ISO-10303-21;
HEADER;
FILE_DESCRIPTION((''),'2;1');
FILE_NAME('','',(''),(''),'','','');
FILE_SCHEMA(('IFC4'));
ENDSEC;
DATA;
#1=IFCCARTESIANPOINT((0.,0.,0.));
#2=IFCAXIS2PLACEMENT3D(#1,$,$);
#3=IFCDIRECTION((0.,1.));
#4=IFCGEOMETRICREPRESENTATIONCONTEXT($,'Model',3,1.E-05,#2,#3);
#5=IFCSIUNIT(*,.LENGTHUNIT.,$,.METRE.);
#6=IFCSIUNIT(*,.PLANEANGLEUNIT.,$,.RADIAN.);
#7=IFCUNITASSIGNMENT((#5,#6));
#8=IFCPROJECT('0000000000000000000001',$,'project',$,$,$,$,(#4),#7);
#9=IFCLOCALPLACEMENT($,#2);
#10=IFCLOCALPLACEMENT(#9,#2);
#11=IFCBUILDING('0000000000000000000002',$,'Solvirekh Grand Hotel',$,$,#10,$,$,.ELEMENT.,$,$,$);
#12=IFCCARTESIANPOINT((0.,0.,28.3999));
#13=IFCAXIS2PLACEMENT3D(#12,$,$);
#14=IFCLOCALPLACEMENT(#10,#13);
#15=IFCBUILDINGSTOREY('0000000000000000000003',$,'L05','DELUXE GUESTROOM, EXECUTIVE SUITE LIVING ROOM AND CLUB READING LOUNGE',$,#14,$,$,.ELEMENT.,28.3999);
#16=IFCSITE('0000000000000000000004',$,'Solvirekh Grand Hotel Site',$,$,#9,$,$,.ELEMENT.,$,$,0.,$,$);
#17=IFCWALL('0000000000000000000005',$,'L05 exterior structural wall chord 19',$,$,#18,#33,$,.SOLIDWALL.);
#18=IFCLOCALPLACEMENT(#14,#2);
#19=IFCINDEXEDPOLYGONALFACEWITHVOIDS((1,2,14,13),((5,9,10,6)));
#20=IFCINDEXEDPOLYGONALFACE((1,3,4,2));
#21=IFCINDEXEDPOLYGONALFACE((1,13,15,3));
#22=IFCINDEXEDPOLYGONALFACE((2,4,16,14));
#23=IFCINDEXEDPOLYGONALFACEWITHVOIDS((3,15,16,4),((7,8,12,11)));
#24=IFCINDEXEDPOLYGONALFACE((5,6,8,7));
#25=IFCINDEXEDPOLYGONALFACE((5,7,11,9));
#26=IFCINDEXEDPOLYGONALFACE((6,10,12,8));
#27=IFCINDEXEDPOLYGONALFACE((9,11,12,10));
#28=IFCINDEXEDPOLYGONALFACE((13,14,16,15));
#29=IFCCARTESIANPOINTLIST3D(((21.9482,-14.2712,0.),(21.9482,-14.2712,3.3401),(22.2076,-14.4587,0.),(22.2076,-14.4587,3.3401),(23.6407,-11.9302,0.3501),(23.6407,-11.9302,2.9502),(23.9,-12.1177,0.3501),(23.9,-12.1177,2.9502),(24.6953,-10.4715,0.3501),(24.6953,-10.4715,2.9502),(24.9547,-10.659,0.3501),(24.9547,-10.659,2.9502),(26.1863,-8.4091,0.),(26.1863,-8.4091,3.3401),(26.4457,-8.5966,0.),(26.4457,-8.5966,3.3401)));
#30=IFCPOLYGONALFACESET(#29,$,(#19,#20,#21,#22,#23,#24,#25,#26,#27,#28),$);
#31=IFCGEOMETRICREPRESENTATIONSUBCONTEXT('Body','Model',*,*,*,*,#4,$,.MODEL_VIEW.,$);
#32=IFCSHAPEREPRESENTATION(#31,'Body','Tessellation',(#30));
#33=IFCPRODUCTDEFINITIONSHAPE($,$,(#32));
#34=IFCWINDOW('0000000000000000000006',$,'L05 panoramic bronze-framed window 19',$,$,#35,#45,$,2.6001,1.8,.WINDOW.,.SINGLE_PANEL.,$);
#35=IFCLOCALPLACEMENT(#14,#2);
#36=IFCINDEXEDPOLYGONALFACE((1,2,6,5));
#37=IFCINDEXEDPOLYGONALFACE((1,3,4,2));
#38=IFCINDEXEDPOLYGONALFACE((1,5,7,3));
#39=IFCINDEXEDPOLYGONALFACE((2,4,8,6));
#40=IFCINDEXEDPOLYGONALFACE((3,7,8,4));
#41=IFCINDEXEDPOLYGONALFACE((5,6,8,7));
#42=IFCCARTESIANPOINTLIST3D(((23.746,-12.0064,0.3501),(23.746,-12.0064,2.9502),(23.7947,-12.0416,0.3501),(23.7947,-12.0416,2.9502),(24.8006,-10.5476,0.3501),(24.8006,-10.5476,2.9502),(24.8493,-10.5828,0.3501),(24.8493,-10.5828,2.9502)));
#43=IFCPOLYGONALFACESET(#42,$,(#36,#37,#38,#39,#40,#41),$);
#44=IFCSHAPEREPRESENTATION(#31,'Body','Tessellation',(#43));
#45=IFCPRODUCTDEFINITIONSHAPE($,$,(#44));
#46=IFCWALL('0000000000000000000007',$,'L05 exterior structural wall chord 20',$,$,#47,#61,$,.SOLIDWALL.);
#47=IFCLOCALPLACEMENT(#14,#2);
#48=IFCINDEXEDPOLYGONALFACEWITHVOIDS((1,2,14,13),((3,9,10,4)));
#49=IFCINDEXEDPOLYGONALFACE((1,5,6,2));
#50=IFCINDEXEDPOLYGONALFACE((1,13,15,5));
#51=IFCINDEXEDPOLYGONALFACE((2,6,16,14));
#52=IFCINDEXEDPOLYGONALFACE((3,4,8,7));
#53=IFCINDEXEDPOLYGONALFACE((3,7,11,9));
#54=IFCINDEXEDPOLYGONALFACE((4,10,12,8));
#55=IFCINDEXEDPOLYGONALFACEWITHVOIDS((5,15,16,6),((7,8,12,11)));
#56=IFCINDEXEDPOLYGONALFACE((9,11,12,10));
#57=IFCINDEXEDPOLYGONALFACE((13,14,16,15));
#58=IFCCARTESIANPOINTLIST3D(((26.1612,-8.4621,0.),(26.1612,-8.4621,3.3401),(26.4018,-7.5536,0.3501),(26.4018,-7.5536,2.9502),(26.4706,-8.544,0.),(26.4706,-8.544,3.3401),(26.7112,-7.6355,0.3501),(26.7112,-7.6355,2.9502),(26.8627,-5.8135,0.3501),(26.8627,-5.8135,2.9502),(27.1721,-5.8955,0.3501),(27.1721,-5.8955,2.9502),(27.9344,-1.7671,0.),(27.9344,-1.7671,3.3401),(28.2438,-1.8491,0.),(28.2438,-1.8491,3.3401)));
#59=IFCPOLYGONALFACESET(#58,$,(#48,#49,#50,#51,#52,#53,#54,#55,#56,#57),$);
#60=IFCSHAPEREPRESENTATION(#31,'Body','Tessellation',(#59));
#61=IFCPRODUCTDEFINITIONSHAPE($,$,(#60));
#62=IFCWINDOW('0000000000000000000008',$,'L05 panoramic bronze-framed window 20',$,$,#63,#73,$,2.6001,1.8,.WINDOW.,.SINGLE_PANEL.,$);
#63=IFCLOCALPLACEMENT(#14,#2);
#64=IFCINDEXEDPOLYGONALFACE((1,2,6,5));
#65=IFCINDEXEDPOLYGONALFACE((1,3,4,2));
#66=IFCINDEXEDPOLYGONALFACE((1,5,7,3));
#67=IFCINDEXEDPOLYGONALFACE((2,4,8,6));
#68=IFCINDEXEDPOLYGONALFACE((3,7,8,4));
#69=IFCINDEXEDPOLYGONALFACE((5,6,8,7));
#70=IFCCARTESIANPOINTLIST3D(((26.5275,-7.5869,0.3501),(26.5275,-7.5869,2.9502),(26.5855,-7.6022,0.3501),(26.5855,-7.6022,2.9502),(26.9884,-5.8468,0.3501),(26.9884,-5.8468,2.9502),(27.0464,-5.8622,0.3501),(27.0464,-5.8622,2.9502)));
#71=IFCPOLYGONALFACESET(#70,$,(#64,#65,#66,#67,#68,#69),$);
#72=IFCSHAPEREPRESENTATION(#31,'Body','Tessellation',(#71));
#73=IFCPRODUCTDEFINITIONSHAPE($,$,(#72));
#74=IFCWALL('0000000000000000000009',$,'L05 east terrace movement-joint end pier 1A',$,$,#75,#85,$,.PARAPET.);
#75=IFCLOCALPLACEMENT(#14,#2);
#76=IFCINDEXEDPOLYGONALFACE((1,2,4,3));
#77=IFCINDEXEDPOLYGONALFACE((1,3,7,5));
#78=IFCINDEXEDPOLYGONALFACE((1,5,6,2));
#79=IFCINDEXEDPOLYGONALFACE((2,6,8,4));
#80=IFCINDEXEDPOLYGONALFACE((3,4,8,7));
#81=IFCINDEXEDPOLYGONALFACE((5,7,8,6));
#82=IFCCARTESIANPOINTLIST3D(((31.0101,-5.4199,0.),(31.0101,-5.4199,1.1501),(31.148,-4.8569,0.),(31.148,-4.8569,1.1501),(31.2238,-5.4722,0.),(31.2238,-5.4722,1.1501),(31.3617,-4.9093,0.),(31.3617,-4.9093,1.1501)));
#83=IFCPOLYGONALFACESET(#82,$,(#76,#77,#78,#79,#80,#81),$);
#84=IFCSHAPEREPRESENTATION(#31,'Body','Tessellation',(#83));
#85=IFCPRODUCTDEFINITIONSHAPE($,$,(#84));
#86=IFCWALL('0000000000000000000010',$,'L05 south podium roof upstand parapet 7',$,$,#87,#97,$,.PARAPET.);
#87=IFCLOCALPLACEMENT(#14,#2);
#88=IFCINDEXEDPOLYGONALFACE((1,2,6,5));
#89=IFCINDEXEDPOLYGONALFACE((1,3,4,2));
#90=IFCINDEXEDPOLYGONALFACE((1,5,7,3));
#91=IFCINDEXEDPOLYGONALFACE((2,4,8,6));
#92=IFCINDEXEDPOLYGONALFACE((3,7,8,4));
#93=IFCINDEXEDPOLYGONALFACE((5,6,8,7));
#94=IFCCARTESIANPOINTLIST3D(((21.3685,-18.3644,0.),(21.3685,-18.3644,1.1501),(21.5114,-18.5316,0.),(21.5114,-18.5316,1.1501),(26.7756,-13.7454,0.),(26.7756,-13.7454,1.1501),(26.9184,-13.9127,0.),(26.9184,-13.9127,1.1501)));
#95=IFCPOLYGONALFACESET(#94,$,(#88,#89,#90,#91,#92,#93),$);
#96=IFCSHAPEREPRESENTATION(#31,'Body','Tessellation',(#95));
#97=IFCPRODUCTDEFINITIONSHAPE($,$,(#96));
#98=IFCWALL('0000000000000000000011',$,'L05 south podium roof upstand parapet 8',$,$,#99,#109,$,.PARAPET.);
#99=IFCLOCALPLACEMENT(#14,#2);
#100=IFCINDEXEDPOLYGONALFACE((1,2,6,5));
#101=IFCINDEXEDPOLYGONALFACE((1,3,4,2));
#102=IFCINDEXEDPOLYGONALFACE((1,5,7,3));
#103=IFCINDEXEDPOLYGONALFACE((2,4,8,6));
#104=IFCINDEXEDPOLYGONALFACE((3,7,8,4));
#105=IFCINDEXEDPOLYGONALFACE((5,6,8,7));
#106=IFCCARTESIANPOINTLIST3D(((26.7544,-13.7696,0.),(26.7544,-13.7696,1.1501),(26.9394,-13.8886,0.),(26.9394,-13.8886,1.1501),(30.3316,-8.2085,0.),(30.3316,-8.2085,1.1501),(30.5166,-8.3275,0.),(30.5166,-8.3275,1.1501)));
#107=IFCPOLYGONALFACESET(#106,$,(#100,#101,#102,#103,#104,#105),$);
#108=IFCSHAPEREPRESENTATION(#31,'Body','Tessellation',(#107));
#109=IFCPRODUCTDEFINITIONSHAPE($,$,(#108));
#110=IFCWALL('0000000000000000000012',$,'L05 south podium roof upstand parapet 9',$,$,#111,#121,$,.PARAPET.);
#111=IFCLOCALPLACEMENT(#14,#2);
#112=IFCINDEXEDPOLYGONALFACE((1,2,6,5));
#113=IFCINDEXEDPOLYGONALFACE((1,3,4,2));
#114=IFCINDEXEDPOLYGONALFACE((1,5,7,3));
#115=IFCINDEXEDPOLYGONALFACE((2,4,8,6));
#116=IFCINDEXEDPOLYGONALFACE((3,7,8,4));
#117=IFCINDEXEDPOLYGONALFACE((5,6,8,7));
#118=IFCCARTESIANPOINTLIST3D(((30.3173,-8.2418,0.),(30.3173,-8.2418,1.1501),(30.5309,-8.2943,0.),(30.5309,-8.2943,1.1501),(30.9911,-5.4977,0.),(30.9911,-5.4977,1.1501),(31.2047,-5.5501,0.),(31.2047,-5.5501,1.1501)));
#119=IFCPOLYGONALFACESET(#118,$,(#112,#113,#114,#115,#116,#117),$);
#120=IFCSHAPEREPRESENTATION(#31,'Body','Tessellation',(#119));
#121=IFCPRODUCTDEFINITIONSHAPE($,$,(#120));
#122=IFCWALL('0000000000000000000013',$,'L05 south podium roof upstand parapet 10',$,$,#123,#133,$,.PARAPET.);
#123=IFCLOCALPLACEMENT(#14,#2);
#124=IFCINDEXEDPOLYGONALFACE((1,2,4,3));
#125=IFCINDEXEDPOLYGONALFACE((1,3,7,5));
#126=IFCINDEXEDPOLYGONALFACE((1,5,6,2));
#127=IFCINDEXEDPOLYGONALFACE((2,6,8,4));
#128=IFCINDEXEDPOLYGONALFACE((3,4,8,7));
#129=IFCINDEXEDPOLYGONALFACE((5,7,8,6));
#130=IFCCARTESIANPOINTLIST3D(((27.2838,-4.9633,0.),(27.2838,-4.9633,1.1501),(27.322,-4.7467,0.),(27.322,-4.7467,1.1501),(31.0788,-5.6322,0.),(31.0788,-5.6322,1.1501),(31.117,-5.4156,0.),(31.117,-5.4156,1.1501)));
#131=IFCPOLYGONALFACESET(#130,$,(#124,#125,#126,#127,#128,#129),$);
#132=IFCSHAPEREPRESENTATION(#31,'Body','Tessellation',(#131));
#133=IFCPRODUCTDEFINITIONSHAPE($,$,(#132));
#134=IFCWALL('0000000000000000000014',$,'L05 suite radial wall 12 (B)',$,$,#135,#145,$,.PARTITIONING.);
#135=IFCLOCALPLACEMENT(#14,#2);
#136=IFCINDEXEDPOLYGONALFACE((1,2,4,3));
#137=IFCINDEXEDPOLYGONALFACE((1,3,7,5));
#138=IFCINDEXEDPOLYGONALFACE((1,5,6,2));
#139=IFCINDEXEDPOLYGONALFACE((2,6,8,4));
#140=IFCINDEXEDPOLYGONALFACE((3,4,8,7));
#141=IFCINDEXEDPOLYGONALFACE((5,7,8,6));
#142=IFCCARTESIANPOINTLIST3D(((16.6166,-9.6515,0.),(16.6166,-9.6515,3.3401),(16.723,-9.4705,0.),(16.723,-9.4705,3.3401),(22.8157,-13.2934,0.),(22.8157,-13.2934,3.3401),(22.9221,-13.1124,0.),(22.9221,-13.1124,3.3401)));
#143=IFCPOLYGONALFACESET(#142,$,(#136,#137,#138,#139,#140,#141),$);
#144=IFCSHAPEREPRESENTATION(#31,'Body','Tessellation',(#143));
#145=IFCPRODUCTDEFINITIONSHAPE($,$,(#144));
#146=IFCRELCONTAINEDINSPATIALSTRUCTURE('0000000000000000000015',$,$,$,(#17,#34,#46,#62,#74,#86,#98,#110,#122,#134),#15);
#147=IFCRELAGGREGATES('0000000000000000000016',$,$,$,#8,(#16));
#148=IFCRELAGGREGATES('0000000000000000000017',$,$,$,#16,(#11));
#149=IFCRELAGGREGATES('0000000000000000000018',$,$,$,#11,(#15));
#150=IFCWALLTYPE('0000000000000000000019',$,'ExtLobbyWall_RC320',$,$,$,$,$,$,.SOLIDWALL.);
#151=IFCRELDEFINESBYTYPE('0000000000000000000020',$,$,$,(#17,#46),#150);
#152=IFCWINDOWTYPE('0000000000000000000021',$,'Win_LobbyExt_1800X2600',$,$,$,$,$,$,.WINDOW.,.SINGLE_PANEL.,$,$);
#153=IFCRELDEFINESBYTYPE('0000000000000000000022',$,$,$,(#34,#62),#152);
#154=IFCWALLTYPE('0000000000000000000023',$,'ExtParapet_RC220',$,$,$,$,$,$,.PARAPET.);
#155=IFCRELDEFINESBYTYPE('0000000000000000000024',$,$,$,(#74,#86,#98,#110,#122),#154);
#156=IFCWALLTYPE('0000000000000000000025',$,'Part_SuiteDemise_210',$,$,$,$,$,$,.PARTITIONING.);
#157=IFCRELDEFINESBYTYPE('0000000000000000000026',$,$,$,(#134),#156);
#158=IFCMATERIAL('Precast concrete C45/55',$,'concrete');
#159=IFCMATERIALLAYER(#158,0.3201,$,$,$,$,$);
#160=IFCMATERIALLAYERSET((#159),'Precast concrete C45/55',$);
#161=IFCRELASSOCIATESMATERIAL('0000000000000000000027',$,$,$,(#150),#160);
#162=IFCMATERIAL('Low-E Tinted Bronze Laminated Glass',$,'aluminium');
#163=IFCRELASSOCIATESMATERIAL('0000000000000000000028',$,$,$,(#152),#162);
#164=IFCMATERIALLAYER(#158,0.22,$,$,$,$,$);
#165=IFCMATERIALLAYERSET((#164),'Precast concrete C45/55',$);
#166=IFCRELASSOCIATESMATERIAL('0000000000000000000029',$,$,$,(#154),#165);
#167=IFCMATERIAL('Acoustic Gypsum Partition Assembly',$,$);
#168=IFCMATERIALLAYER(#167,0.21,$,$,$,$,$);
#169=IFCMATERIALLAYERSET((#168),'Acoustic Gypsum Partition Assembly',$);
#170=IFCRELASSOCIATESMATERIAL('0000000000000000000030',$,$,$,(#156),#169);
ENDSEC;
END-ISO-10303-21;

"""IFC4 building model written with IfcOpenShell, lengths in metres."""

from ifc_helpers import new_model, si_unit, direction, frame, frame_2d, origin, place, context, subcontext, project, spatial, rectangle, extrude, material, layer, layer_set, type_object, element, fill, save


model = new_model("IFC4")

# Units and contexts
model_context = context("Model", 3, precision=1e-05, world=origin(), true_north=direction((0.0, 1.0)))
body_context = subcontext(model_context, "Body", "Model", "MODEL_VIEW")
ifc_project = project(units=[si_unit("LENGTHUNIT", "METRE"), si_unit("PLANEANGLEUNIT", "RADIAN")], contexts=[model_context])

# Site, building, storey
site_placement = place(None, origin())
site = spatial("IfcSite", under=ifc_project, at=site_placement, Name="Solvirekh Grand Hotel Site", CompositionType="ELEMENT", RefElevation=0.0)
building_placement = place(site_placement, origin())
building = spatial("IfcBuilding", under=site, at=building_placement, Name="Solvirekh Grand Hotel", CompositionType="ELEMENT")
storey_placement = place(building_placement, frame((0.0, 0.0, 28.3999)))
storey = spatial("IfcBuildingStorey", under=building, at=storey_placement, Name="L05", Description="DELUXE GUESTROOM, EXECUTIVE SUITE LIVING ROOM AND CLUB READING LOUNGE", CompositionType="ELEMENT", Elevation=28.3999)

# Shared definitions
ifc_material_1 = material(Name="Low-E Tinted Bronze Laminated Glass", Category="aluminium")

# Walls, openings, windows
ifc_material_2 = material(Name="Precast concrete C45/55", Category="concrete")
ifc_layer_1 = layer(ifc_material_2, 0.3201)
ifc_layer_set_1 = layer_set([ifc_layer_1], Name="Precast concrete C45/55")
wall_type_1 = type_object("IfcWallType", Name="ExtLobbyWall_RC320", PredefinedType="SOLIDWALL", material=ifc_layer_set_1)
wall_1_placement = place(storey_placement, frame((26.3159, -8.5029, 0.0), z_axis=(0.0, 0.0, 1.0), x_axis=(-0.585884, -0.810395, 0.0)))
wall_1 = element("IfcWall", 1, at=wall_1_placement, inside=storey, type_object=wall_type_1, Name="L05 exterior structural wall chord 19", PredefinedType="SOLIDWALL", context=body_context, shape_type="SweptSolid", body=[
    extrude(rectangle(XDim=7.2336, YDim=0.3201, at=frame_2d((3.6167, 0.0))), origin(), (0.0, 0.0, 1.0), 3.3401),
])
opening_1_placement = place(wall_1_placement, frame((2.5449, 0.0, 0.3501)))
opening_1 = element("IfcOpeningElement", 2, at=opening_1_placement, cuts=wall_1, PredefinedType="OPENING", context=body_context, shape_type="SweptSolid", body=[
    extrude(rectangle(XDim=1.8, YDim=2.6001, at=frame_2d((0.8999, 1.3))), frame((0.0, 0.1699, 0.0), z_axis=(0.0, -1.0, 0.0), x_axis=(1.0, 0.0, 0.0)), (0.0, 0.0, 1.0), 0.3401),
])
window_type = type_object("IfcWindowType", Name="Win_LobbyExt_1800X2600", PartitioningType="SINGLE_PANEL", PredefinedType="WINDOW", material=ifc_material_1)
window_1_placement = place(opening_1_placement, origin())
window_1 = element("IfcWindow", 3, at=window_1_placement, inside=storey, type_object=window_type, Name="L05 panoramic bronze-framed window 19", OverallHeight=2.6001, OverallWidth=1.8, PartitioningType="SINGLE_PANEL", PredefinedType="WINDOW", context=body_context, shape_type="SweptSolid", body=[
    extrude(rectangle(XDim=1.8, YDim=2.6001, at=frame_2d((0.8999, 1.3))), frame((0.0, 0.03, 0.0), z_axis=(0.0, -1.0, 0.0), x_axis=(1.0, 0.0, 0.0)), (0.0, 0.0, 1.0), 0.0601),
])
fill(opening_1, window_1)
wall_2_placement = place(storey_placement, frame((28.0891, -1.8081, 0.0), z_axis=(0.0, 0.0, 1.0), x_axis=(-0.256032, -0.966668, 0.0)))
wall_2 = element("IfcWall", 4, at=wall_2_placement, inside=storey, type_object=wall_type_1, Name="L05 exterior structural wall chord 20", PredefinedType="SOLIDWALL", context=body_context, shape_type="SweptSolid", body=[
    extrude(rectangle(XDim=6.9258, YDim=0.3201, at=frame_2d((3.4629, 0.0))), origin(), (0.0, 0.0, 1.0), 3.3401),
])
opening_2_placement = place(wall_2_placement, frame((4.186, 0.0, 0.3501)))
opening_2 = element("IfcOpeningElement", 5, at=opening_2_placement, cuts=wall_2, PredefinedType="OPENING", context=body_context, shape_type="SweptSolid", body=[
    extrude(rectangle(XDim=1.8, YDim=2.6001, at=frame_2d((0.8999, 1.3))), frame((0.0, 0.1699, 0.0), z_axis=(0.0, -1.0, 0.0), x_axis=(1.0, 0.0, 0.0)), (0.0, 0.0, 1.0), 0.3401),
])
window_2_placement = place(opening_2_placement, origin())
window_2 = element("IfcWindow", 6, at=window_2_placement, inside=storey, type_object=window_type, Name="L05 panoramic bronze-framed window 20", OverallHeight=2.6001, OverallWidth=1.8, PartitioningType="SINGLE_PANEL", PredefinedType="WINDOW", context=body_context, shape_type="SweptSolid", body=[
    extrude(rectangle(XDim=1.8, YDim=2.6001, at=frame_2d((0.8999, 1.3))), frame((0.0, 0.03, 0.0), z_axis=(0.0, -1.0, 0.0), x_axis=(1.0, 0.0, 0.0)), (0.0, 0.0, 1.0), 0.0601),
])
fill(opening_2, window_2)

# Walls
ifc_layer_2 = layer(ifc_material_2, 0.22)
ifc_layer_set_2 = layer_set([ifc_layer_2], Name="Precast concrete C45/55")
wall_type_2 = type_object("IfcWallType", Name="ExtParapet_RC220", PredefinedType="PARAPET", material=ifc_layer_set_2)
wall_3_placement = place(storey_placement, frame((31.1169, -5.446, 0.0), z_axis=(0.0, 0.0, 1.0), x_axis=(0.237974, 0.971271, 0.0)))
element("IfcWall", 7, at=wall_3_placement, inside=storey, type_object=wall_type_2, Name="L05 east terrace movement-joint end pier 1A", PredefinedType="PARAPET", context=body_context, shape_type="SweptSolid", body=[
    extrude(rectangle(XDim=0.5796, YDim=0.22, at=frame_2d((0.2898, 0.0))), origin(), (0.0, 0.0, 1.0), 1.1501),
])
wall_4_placement = place(storey_placement, frame((21.4399, -18.448, 0.0), z_axis=(0.0, 0.0, 1.0), x_axis=(0.760344, 0.649521, 0.0)))
element("IfcWall", 8, at=wall_4_placement, inside=storey, type_object=wall_type_2, Name="L05 south podium roof upstand parapet 7", PredefinedType="PARAPET", context=body_context, shape_type="SweptSolid", body=[
    extrude(rectangle(XDim=7.1113, YDim=0.22, at=frame_2d((3.5557, 0.0))), origin(), (0.0, 0.0, 1.0), 1.1501),
])
wall_5_placement = place(storey_placement, frame((26.8469, -13.8291, 0.0), z_axis=(0.0, 0.0, 1.0), x_axis=(0.540993, 0.841027, 0.0)))
element("IfcWall", 9, at=wall_5_placement, inside=storey, type_object=wall_type_2, Name="L05 south podium roof upstand parapet 8", PredefinedType="PARAPET", context=body_context, shape_type="SweptSolid", body=[
    extrude(rectangle(XDim=6.6123, YDim=0.22, at=frame_2d((3.3062, 0.0))), origin(), (0.0, 0.0, 1.0), 1.1501),
])
wall_6_placement = place(storey_placement, frame((30.4241, -8.2681, 0.0), z_axis=(0.0, 0.0, 1.0), x_axis=(0.238468, 0.97115, 0.0)))
element("IfcWall", 10, at=wall_6_placement, inside=storey, type_object=wall_type_2, Name="L05 south podium roof upstand parapet 9", PredefinedType="PARAPET", context=body_context, shape_type="SweptSolid", body=[
    extrude(rectangle(XDim=2.8257, YDim=0.22, at=frame_2d((1.4128, 0.0))), origin(), (0.0, 0.0, 1.0), 1.1501),
])
wall_7_placement = place(storey_placement, frame((31.0979, -5.5239, 0.0), z_axis=(0.0, 0.0, 1.0), x_axis=(-0.984817, 0.173597, 0.0)))
element("IfcWall", 11, at=wall_7_placement, inside=storey, type_object=wall_type_2, Name="L05 south podium roof upstand parapet 10", PredefinedType="PARAPET", context=body_context, shape_type="SweptSolid", body=[
    extrude(rectangle(XDim=3.8535, YDim=0.22, at=frame_2d((1.9268, 0.0))), origin(), (0.0, 0.0, 1.0), 1.1501),
])
ifc_material_3 = material(Name="Acoustic Gypsum Partition Assembly")
ifc_layer_3 = layer(ifc_material_3, 0.21)
ifc_layer_set_3 = layer_set([ifc_layer_3], Name="Acoustic Gypsum Partition Assembly")
wall_type_3 = type_object("IfcWallType", Name="Part_SuiteDemise_210", PredefinedType="PARTITIONING", material=ifc_layer_set_3)
wall_8_placement = place(storey_placement, frame((16.6699, -9.561, 0.0), z_axis=(0.0, 0.0, 1.0), x_axis=(0.862214, -0.506544, 0.0)))
element("IfcWall", 12, at=wall_8_placement, inside=storey, type_object=wall_type_3, Name="L05 suite radial wall 12 (B)", PredefinedType="PARTITIONING", context=body_context, shape_type="SweptSolid", body=[
    extrude(rectangle(XDim=7.1897, YDim=0.21, at=frame_2d((3.5947, 0.0))), origin(), (0.0, 0.0, 1.0), 3.3401),
])

save(model, "model.ifc")
